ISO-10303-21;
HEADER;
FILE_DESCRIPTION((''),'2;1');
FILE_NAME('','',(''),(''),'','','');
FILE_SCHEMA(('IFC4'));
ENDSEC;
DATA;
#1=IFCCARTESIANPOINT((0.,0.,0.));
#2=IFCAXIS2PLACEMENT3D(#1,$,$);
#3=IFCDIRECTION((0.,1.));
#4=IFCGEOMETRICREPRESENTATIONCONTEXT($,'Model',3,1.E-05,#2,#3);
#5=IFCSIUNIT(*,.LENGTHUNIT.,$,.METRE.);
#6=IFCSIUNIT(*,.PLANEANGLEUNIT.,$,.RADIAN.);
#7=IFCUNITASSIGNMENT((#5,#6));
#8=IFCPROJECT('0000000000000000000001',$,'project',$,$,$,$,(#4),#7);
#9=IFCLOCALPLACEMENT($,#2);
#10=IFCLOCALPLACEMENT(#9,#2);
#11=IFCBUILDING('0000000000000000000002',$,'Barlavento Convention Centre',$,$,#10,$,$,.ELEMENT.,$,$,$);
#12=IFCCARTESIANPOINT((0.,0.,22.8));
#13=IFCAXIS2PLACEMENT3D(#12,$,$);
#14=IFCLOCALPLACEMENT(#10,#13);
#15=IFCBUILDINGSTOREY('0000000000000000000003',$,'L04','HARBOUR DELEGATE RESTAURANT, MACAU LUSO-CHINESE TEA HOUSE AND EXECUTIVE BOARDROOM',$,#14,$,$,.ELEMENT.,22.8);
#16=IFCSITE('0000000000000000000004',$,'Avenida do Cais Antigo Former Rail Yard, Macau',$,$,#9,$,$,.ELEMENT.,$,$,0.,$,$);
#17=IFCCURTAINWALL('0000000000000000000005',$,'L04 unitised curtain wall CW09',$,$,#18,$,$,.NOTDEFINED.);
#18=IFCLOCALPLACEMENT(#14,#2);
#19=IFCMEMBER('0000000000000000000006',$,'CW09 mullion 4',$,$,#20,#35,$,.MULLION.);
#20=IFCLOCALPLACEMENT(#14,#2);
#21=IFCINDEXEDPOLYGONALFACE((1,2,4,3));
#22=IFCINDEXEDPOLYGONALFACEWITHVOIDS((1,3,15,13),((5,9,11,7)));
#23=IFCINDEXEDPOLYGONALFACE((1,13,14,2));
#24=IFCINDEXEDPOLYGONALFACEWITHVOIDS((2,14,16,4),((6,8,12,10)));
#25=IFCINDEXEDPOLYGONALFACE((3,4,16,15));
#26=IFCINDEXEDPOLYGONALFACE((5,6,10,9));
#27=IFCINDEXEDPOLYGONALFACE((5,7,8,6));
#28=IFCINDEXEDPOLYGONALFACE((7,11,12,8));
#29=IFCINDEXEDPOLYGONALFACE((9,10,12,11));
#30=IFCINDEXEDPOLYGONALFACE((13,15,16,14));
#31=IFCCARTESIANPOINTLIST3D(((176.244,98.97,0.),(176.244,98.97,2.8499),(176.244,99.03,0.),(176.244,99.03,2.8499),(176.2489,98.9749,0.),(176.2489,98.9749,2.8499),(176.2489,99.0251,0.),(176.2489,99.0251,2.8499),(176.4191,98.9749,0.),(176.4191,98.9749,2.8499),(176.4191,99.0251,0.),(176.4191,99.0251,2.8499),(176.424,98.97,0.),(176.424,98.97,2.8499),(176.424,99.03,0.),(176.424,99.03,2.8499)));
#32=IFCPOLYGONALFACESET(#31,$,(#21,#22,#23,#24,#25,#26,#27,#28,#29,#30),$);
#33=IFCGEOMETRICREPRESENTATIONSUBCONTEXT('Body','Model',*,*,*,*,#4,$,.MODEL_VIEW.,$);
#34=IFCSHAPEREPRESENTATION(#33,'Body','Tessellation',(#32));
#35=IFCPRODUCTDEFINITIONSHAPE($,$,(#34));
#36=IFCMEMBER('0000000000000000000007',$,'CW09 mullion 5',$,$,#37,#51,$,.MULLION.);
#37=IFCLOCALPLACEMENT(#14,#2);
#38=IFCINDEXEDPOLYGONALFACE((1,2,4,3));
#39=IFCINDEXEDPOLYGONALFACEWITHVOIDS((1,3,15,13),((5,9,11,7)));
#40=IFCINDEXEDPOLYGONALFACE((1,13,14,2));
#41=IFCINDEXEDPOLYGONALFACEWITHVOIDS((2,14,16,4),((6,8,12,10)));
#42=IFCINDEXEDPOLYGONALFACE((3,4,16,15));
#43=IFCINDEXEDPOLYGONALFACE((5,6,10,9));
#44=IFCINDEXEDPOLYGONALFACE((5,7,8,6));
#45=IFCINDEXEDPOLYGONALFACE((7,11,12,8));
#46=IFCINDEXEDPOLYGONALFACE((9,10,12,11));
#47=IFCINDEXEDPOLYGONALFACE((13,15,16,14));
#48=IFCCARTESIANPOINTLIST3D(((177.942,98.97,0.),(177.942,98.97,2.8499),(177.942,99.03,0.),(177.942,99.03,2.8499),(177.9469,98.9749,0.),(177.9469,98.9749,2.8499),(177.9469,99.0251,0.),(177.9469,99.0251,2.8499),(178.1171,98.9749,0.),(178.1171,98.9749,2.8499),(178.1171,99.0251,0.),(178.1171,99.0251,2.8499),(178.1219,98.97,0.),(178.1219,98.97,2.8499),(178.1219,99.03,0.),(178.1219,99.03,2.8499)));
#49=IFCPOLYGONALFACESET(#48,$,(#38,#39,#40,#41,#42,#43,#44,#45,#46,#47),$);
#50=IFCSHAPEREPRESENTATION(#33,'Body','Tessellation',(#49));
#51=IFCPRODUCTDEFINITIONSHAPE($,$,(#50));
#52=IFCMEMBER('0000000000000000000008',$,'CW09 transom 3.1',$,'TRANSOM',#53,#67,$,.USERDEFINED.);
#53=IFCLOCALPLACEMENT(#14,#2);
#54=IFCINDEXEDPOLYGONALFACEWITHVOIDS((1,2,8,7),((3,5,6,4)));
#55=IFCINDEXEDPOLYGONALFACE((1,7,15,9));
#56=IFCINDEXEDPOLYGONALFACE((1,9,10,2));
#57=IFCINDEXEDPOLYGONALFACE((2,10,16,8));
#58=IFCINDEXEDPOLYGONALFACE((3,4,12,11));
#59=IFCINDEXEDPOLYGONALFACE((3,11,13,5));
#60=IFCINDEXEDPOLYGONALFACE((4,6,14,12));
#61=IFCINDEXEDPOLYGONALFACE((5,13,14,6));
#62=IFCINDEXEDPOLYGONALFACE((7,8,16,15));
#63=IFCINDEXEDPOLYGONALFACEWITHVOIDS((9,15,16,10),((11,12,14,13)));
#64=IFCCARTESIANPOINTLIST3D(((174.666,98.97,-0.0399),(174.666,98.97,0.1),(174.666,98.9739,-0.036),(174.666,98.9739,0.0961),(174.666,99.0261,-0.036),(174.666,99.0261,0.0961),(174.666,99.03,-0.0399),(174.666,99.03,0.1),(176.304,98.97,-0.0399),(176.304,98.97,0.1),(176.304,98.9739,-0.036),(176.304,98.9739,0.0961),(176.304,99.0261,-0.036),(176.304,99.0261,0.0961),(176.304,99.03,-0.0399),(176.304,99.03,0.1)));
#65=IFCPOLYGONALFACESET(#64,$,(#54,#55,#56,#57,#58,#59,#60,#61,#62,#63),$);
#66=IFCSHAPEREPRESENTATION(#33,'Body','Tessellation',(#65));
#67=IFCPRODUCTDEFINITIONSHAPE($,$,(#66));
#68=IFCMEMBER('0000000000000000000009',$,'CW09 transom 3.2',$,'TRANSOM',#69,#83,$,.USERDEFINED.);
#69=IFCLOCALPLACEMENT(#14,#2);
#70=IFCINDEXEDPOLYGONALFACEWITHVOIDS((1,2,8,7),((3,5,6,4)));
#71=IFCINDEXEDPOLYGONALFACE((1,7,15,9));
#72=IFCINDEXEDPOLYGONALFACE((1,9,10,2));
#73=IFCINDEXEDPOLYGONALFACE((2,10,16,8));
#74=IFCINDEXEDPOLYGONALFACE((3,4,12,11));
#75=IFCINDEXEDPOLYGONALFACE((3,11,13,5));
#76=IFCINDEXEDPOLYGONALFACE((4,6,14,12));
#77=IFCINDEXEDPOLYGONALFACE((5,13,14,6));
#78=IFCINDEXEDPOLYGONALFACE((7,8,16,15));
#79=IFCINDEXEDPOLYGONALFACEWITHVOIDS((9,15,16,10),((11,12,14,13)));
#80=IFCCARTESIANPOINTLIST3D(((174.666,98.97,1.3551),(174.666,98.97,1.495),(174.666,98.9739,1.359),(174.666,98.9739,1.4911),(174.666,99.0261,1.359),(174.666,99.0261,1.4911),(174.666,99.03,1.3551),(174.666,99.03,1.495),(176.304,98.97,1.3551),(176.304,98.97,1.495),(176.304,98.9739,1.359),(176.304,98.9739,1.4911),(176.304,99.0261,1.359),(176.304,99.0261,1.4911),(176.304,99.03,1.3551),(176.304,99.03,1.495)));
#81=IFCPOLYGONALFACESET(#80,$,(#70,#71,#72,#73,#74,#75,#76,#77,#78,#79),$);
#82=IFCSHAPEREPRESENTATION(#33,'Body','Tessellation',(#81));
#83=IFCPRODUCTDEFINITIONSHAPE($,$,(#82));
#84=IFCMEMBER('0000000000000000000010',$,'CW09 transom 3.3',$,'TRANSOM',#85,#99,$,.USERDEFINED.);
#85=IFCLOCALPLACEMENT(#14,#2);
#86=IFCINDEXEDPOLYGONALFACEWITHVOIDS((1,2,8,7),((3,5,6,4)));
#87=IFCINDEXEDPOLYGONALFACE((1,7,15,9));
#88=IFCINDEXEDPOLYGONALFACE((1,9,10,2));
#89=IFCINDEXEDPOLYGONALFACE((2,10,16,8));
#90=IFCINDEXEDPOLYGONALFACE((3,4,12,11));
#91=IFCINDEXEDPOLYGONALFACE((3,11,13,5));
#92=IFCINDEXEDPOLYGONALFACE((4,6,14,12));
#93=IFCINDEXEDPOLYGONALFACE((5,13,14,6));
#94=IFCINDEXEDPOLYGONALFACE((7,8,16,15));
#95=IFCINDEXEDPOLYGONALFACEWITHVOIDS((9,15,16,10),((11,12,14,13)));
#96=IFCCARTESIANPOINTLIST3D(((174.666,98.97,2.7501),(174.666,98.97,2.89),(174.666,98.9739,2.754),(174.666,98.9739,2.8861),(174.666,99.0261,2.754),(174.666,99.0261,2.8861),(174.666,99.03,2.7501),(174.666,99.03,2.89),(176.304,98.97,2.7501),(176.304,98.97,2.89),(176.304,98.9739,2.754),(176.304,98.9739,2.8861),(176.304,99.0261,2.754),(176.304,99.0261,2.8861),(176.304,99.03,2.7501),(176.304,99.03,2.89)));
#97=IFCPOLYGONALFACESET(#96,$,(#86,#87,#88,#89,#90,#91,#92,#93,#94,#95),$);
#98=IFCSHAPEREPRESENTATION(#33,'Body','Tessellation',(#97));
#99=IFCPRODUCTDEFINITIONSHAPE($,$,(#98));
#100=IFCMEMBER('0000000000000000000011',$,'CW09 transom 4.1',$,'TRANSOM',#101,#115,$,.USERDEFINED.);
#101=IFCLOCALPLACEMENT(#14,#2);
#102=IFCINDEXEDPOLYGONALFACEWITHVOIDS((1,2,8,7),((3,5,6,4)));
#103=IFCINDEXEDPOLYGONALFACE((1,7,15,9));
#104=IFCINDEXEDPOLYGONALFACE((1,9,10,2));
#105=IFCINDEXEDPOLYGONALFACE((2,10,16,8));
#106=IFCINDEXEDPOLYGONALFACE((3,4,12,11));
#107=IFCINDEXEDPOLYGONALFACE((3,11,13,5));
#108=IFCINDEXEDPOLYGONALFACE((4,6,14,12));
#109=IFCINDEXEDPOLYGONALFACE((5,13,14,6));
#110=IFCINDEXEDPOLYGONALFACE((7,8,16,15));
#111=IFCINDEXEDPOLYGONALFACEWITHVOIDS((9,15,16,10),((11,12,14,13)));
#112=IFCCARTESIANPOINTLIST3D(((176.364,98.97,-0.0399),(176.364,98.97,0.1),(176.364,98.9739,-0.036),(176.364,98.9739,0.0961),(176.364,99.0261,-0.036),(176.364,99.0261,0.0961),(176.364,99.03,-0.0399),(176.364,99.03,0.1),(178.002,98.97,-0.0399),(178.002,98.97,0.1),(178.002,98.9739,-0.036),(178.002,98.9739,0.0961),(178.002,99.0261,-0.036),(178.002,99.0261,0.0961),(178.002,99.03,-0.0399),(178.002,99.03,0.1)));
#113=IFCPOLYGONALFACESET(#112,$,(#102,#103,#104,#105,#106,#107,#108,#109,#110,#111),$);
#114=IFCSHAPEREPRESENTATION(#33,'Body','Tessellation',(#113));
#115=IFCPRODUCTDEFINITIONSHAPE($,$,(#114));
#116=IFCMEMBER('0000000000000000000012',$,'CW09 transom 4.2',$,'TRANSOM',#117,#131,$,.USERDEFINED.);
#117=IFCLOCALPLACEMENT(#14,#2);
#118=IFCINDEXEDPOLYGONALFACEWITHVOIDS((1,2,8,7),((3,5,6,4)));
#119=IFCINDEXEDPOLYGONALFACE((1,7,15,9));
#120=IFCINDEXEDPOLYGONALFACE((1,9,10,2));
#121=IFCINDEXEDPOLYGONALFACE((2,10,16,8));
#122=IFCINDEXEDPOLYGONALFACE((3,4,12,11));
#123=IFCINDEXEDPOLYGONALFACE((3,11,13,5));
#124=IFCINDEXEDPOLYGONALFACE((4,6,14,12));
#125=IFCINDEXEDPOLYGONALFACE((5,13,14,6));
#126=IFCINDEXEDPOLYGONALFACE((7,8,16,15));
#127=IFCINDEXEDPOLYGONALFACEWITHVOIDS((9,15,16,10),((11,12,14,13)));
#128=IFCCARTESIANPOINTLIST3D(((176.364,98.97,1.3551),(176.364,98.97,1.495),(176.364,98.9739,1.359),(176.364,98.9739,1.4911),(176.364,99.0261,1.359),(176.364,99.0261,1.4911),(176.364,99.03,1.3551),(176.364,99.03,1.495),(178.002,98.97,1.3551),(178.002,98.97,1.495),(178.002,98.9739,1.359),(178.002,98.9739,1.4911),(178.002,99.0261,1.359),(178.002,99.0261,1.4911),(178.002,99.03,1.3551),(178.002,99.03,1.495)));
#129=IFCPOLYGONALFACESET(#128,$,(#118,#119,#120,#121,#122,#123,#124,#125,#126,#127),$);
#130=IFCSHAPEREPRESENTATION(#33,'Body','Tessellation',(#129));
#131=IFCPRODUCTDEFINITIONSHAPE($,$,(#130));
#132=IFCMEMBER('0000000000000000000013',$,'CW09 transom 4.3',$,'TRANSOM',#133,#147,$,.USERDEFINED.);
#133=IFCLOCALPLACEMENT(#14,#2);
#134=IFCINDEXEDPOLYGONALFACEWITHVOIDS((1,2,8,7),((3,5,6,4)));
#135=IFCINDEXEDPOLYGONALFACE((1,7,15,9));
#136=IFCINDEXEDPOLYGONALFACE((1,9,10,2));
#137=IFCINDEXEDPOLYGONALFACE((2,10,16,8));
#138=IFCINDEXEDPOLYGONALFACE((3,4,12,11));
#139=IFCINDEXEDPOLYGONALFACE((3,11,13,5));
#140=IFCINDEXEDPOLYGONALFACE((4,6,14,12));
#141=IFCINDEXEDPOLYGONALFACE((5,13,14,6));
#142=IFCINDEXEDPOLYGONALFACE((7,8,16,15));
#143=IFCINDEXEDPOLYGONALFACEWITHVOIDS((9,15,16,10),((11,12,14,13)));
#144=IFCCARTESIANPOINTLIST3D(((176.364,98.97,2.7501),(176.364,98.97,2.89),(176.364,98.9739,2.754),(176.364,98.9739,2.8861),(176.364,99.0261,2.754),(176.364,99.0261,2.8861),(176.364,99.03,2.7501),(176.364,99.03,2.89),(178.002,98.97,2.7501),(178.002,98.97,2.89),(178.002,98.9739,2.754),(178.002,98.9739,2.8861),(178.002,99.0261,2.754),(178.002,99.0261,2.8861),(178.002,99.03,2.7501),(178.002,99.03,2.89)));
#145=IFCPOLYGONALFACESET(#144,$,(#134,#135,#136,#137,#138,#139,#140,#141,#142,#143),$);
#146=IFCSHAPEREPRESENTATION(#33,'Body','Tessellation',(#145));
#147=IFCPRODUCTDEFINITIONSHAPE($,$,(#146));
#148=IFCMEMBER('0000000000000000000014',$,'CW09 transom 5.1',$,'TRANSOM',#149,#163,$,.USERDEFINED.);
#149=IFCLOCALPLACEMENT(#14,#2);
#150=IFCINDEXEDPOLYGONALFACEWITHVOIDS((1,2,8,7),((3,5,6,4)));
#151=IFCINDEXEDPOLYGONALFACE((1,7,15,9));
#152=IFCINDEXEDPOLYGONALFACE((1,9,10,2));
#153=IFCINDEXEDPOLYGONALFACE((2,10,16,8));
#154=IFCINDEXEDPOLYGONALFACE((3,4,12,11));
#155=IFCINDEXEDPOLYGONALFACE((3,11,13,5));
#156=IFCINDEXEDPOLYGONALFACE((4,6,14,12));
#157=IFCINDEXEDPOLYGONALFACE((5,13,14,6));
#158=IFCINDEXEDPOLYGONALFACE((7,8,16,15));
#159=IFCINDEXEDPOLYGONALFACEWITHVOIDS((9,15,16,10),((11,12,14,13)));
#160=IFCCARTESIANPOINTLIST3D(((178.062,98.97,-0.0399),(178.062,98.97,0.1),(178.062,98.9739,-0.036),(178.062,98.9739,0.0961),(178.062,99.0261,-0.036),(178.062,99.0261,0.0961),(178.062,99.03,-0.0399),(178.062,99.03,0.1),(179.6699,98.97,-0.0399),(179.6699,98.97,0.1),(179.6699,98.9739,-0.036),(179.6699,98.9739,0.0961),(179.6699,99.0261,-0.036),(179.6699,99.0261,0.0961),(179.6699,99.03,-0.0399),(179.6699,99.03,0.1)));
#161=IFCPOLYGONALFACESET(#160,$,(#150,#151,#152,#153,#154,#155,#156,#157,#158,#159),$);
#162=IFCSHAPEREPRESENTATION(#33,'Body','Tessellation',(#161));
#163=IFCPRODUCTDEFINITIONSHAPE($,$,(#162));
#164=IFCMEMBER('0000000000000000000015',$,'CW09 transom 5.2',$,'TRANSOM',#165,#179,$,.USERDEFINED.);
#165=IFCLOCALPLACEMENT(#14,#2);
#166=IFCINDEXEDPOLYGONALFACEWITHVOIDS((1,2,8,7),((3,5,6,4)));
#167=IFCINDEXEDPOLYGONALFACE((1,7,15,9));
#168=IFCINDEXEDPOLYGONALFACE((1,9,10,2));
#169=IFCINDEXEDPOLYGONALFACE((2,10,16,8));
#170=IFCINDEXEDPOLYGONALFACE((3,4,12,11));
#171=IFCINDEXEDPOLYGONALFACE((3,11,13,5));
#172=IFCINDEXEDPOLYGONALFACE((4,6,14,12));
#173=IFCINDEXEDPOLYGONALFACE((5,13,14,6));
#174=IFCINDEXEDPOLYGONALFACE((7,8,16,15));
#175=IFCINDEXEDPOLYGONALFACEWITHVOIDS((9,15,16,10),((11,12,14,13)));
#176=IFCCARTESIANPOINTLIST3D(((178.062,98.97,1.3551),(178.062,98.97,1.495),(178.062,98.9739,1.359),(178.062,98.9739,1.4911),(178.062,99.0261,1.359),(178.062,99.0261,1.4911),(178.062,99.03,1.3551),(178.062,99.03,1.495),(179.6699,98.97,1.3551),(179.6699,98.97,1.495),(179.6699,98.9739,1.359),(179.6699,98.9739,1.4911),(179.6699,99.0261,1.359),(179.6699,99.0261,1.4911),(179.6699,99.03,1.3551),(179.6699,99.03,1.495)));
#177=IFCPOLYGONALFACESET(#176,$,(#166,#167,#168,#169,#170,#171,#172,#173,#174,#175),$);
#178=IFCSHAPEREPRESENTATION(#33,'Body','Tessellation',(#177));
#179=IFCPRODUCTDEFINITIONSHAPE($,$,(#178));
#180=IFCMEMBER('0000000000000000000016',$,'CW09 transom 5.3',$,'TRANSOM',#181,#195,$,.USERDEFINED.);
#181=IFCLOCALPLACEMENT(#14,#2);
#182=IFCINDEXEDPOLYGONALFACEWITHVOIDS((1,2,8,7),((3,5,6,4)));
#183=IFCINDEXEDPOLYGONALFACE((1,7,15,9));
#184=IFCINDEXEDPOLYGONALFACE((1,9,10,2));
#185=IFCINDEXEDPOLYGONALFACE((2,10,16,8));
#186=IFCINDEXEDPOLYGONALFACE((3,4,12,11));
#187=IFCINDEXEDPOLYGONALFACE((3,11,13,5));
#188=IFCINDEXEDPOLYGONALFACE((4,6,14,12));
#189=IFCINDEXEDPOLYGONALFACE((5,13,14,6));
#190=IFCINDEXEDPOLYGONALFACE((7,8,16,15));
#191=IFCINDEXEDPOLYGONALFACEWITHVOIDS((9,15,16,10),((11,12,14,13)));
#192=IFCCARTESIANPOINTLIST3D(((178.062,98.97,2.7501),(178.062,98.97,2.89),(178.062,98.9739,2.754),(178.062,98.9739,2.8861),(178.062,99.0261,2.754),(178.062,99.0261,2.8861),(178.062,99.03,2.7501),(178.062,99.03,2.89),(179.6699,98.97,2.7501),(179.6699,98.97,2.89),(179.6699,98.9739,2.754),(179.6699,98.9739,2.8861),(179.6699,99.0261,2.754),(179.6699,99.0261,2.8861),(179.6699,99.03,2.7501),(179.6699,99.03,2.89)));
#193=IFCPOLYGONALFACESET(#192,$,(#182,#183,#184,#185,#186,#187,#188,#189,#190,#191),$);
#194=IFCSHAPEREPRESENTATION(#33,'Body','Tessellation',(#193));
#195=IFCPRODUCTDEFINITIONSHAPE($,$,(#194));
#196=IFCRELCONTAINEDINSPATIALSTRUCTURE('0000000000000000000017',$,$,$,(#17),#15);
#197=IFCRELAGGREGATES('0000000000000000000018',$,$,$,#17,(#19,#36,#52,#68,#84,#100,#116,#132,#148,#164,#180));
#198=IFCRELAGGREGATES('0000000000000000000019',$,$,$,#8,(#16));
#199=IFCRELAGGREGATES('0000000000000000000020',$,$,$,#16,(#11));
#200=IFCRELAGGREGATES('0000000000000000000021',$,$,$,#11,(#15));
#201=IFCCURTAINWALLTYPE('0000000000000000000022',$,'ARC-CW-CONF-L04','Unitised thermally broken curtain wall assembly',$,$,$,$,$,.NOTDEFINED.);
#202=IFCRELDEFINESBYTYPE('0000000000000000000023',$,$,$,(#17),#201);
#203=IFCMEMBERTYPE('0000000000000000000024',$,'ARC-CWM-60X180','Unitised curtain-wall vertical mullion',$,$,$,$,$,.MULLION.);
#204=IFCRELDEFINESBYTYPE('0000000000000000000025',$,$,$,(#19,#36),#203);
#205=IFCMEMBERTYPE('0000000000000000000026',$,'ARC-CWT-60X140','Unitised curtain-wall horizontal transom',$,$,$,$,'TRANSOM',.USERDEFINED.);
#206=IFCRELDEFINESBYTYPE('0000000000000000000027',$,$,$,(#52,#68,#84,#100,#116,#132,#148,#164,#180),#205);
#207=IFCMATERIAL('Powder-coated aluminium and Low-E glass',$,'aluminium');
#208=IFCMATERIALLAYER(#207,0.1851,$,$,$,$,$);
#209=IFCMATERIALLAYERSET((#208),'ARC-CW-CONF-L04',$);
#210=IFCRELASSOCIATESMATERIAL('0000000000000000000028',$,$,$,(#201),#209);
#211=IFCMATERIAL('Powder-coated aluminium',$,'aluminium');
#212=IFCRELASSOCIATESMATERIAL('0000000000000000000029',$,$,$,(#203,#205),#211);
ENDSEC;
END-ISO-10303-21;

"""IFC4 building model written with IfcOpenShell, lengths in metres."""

from ifc_helpers import new_model, si_unit, direction, frame, origin, origin_2d, place, context, subcontext, project, spatial, hollow_rectangle, extrude, material, layer, layer_set, material_profile, profile_set, type_object, element, aggregate, save


model = new_model("IFC4")

# Units and contexts
model_context = context("Model", 3, precision=1e-05, world=origin(), true_north=direction((0.0, 1.0)))
body_context = subcontext(model_context, "Body", "Model", "MODEL_VIEW")
ifc_project = project(units=[si_unit("LENGTHUNIT", "METRE"), si_unit("PLANEANGLEUNIT", "RADIAN")], contexts=[model_context])

# Site, building, storey
site_placement = place(None, origin())
site = spatial("IfcSite", under=ifc_project, at=site_placement, Name="Avenida do Cais Antigo Former Rail Yard, Macau", CompositionType="ELEMENT", RefElevation=0.0)
building_placement = place(site_placement, origin())
building = spatial("IfcBuilding", under=site, at=building_placement, Name="Barlavento Convention Centre", CompositionType="ELEMENT")
storey_placement = place(building_placement, frame((0.0, 0.0, 22.8)))
storey = spatial("IfcBuildingStorey", under=building, at=storey_placement, Name="L04", Description="HARBOUR DELEGATE RESTAURANT, MACAU LUSO-CHINESE TEA HOUSE AND EXECUTIVE BOARDROOM", CompositionType="ELEMENT", Elevation=22.8)

# Curtain wall, members
ifc_material_1 = material(Name="Powder-coated aluminium and Low-E glass", Category="aluminium")
ifc_layer_1 = layer(ifc_material_1, 0.1851)
ifc_layer_set_1 = layer_set([ifc_layer_1], Name="ARC-CW-CONF-L04")
curtain_wall_type = type_object("IfcCurtainWallType", Name="ARC-CW-CONF-L04", Description="Unitised thermally broken curtain wall assembly", PredefinedType="NOTDEFINED", material=ifc_layer_set_1)
curtain_wall_placement = place(storey_placement, origin())
curtain_wall = element("IfcCurtainWall", 1, at=curtain_wall_placement, inside=storey, type_object=curtain_wall_type, Name="L04 unitised curtain wall CW09", PredefinedType="NOTDEFINED")
ifc_material_2 = material(Name="Powder-coated aluminium", Category="aluminium")
ifc_material_profile_1 = material_profile(ifc_material_2, hollow_rectangle(XDim=0.0601, YDim=0.1799, WallThickness=0.0049, at=origin_2d()), Name="AL-MULL 60x180x5")
ifc_profile_set_1 = profile_set([ifc_material_profile_1], Name="Powder-coated aluminium")
member_type_1 = type_object("IfcMemberType", Name="ARC-CWM-60X180", Description="Unitised curtain-wall vertical mullion", PredefinedType="MULLION", material=ifc_profile_set_1)
member_1_placement = place(storey_placement, frame((176.334, 99.0, 0.0), z_axis=(0.0, 0.0, 1.0), x_axis=(0.0, 1.0, 0.0)))
member_1 = element("IfcMember", 2, at=member_1_placement, type_object=member_type_1, Name="CW09 mullion 4", PredefinedType="MULLION", context=body_context, shape_type="SweptSolid", body=[
    extrude(hollow_rectangle(XDim=0.0601, YDim=0.1799, WallThickness=0.0049, at=origin_2d()), origin(), (0.0, 0.0, 1.0), 2.8499),
])
member_2_placement = place(storey_placement, frame((178.032, 99.0, 0.0), z_axis=(0.0, 0.0, 1.0), x_axis=(0.0, 1.0, 0.0)))
member_2 = element("IfcMember", 3, at=member_2_placement, type_object=member_type_1, Name="CW09 mullion 5", PredefinedType="MULLION", context=body_context, shape_type="SweptSolid", body=[
    extrude(hollow_rectangle(XDim=0.0601, YDim=0.1799, WallThickness=0.0049, at=origin_2d()), origin(), (0.0, 0.0, 1.0), 2.8499),
])
ifc_material_profile_2 = material_profile(ifc_material_2, hollow_rectangle(XDim=0.0601, YDim=0.1399, WallThickness=0.0039, at=origin_2d()), Name="AL-TRAN 60x140x4")
ifc_profile_set_2 = profile_set([ifc_material_profile_2], Name="Powder-coated aluminium")
member_type_2 = type_object("IfcMemberType", Name="ARC-CWT-60X140", Description="Unitised curtain-wall horizontal transom", ElementType="TRANSOM", PredefinedType="USERDEFINED", material=ifc_profile_set_2)
member_3_placement = place(storey_placement, frame((174.666, 99.0, 0.03), z_axis=(1.0, 0.0, 0.0), x_axis=(0.0, 1.0, 0.0)))
member_3 = element("IfcMember", 4, at=member_3_placement, type_object=member_type_2, Name="CW09 transom 3.1", ObjectType="TRANSOM", PredefinedType="USERDEFINED", context=body_context, shape_type="SweptSolid", body=[
    extrude(hollow_rectangle(XDim=0.0601, YDim=0.1399, WallThickness=0.0039, at=origin_2d()), origin(), (0.0, 0.0, 1.0), 1.6379),
])
member_4_placement = place(storey_placement, frame((174.666, 99.0, 1.425), z_axis=(1.0, 0.0, 0.0), x_axis=(0.0, 1.0, 0.0)))
member_4 = element("IfcMember", 5, at=member_4_placement, type_object=member_type_2, Name="CW09 transom 3.2", ObjectType="TRANSOM", PredefinedType="USERDEFINED", context=body_context, shape_type="SweptSolid", body=[
    extrude(hollow_rectangle(XDim=0.0601, YDim=0.1399, WallThickness=0.0039, at=origin_2d()), origin(), (0.0, 0.0, 1.0), 1.6379),
])
member_5_placement = place(storey_placement, frame((174.666, 99.0, 2.8201), z_axis=(1.0, 0.0, 0.0), x_axis=(0.0, 1.0, 0.0)))
member_5 = element("IfcMember", 6, at=member_5_placement, type_object=member_type_2, Name="CW09 transom 3.3", ObjectType="TRANSOM", PredefinedType="USERDEFINED", context=body_context, shape_type="SweptSolid", body=[
    extrude(hollow_rectangle(XDim=0.0601, YDim=0.1399, WallThickness=0.0039, at=origin_2d()), origin(), (0.0, 0.0, 1.0), 1.6379),
])
member_6_placement = place(storey_placement, frame((176.364, 99.0, 0.03), z_axis=(1.0, 0.0, 0.0), x_axis=(0.0, 1.0, 0.0)))
member_6 = element("IfcMember", 7, at=member_6_placement, type_object=member_type_2, Name="CW09 transom 4.1", ObjectType="TRANSOM", PredefinedType="USERDEFINED", context=body_context, shape_type="SweptSolid", body=[
    extrude(hollow_rectangle(XDim=0.0601, YDim=0.1399, WallThickness=0.0039, at=origin_2d()), origin(), (0.0, 0.0, 1.0), 1.6379),
])
member_7_placement = place(storey_placement, frame((176.364, 99.0, 1.425), z_axis=(1.0, 0.0, 0.0), x_axis=(0.0, 1.0, 0.0)))
member_7 = element("IfcMember", 8, at=member_7_placement, type_object=member_type_2, Name="CW09 transom 4.2", ObjectType="TRANSOM", PredefinedType="USERDEFINED", context=body_context, shape_type="SweptSolid", body=[
    extrude(hollow_rectangle(XDim=0.0601, YDim=0.1399, WallThickness=0.0039, at=origin_2d()), origin(), (0.0, 0.0, 1.0), 1.6379),
])
member_8_placement = place(storey_placement, frame((176.364, 99.0, 2.8201), z_axis=(1.0, 0.0, 0.0), x_axis=(0.0, 1.0, 0.0)))
member_8 = element("IfcMember", 9, at=member_8_placement, type_object=member_type_2, Name="CW09 transom 4.3", ObjectType="TRANSOM", PredefinedType="USERDEFINED", context=body_context, shape_type="SweptSolid", body=[
    extrude(hollow_rectangle(XDim=0.0601, YDim=0.1399, WallThickness=0.0039, at=origin_2d()), origin(), (0.0, 0.0, 1.0), 1.6379),
])
member_9_placement = place(storey_placement, frame((178.062, 99.0, 0.03), z_axis=(1.0, 0.0, 0.0), x_axis=(0.0, 1.0, 0.0)))
member_9 = element("IfcMember", 10, at=member_9_placement, type_object=member_type_2, Name="CW09 transom 5.1", ObjectType="TRANSOM", PredefinedType="USERDEFINED", context=body_context, shape_type="SweptSolid", body=[
    extrude(hollow_rectangle(XDim=0.0601, YDim=0.1399, WallThickness=0.0039, at=origin_2d()), origin(), (0.0, 0.0, 1.0), 1.6079),
])
member_10_placement = place(storey_placement, frame((178.062, 99.0, 1.425), z_axis=(1.0, 0.0, 0.0), x_axis=(0.0, 1.0, 0.0)))
member_10 = element("IfcMember", 11, at=member_10_placement, type_object=member_type_2, Name="CW09 transom 5.2", ObjectType="TRANSOM", PredefinedType="USERDEFINED", context=body_context, shape_type="SweptSolid", body=[
    extrude(hollow_rectangle(XDim=0.0601, YDim=0.1399, WallThickness=0.0039, at=origin_2d()), origin(), (0.0, 0.0, 1.0), 1.6079),
])
member_11_placement = place(storey_placement, frame((178.062, 99.0, 2.8201), z_axis=(1.0, 0.0, 0.0), x_axis=(0.0, 1.0, 0.0)))
member_11 = element("IfcMember", 12, at=member_11_placement, type_object=member_type_2, Name="CW09 transom 5.3", ObjectType="TRANSOM", PredefinedType="USERDEFINED", context=body_context, shape_type="SweptSolid", body=[
    extrude(hollow_rectangle(XDim=0.0601, YDim=0.1399, WallThickness=0.0039, at=origin_2d()), origin(), (0.0, 0.0, 1.0), 1.6079),
])

aggregate(curtain_wall, [member_1, member_2, member_3, member_4, member_5, member_6, member_7, member_8, member_9, member_10, member_11])

save(model, "model.ifc")
